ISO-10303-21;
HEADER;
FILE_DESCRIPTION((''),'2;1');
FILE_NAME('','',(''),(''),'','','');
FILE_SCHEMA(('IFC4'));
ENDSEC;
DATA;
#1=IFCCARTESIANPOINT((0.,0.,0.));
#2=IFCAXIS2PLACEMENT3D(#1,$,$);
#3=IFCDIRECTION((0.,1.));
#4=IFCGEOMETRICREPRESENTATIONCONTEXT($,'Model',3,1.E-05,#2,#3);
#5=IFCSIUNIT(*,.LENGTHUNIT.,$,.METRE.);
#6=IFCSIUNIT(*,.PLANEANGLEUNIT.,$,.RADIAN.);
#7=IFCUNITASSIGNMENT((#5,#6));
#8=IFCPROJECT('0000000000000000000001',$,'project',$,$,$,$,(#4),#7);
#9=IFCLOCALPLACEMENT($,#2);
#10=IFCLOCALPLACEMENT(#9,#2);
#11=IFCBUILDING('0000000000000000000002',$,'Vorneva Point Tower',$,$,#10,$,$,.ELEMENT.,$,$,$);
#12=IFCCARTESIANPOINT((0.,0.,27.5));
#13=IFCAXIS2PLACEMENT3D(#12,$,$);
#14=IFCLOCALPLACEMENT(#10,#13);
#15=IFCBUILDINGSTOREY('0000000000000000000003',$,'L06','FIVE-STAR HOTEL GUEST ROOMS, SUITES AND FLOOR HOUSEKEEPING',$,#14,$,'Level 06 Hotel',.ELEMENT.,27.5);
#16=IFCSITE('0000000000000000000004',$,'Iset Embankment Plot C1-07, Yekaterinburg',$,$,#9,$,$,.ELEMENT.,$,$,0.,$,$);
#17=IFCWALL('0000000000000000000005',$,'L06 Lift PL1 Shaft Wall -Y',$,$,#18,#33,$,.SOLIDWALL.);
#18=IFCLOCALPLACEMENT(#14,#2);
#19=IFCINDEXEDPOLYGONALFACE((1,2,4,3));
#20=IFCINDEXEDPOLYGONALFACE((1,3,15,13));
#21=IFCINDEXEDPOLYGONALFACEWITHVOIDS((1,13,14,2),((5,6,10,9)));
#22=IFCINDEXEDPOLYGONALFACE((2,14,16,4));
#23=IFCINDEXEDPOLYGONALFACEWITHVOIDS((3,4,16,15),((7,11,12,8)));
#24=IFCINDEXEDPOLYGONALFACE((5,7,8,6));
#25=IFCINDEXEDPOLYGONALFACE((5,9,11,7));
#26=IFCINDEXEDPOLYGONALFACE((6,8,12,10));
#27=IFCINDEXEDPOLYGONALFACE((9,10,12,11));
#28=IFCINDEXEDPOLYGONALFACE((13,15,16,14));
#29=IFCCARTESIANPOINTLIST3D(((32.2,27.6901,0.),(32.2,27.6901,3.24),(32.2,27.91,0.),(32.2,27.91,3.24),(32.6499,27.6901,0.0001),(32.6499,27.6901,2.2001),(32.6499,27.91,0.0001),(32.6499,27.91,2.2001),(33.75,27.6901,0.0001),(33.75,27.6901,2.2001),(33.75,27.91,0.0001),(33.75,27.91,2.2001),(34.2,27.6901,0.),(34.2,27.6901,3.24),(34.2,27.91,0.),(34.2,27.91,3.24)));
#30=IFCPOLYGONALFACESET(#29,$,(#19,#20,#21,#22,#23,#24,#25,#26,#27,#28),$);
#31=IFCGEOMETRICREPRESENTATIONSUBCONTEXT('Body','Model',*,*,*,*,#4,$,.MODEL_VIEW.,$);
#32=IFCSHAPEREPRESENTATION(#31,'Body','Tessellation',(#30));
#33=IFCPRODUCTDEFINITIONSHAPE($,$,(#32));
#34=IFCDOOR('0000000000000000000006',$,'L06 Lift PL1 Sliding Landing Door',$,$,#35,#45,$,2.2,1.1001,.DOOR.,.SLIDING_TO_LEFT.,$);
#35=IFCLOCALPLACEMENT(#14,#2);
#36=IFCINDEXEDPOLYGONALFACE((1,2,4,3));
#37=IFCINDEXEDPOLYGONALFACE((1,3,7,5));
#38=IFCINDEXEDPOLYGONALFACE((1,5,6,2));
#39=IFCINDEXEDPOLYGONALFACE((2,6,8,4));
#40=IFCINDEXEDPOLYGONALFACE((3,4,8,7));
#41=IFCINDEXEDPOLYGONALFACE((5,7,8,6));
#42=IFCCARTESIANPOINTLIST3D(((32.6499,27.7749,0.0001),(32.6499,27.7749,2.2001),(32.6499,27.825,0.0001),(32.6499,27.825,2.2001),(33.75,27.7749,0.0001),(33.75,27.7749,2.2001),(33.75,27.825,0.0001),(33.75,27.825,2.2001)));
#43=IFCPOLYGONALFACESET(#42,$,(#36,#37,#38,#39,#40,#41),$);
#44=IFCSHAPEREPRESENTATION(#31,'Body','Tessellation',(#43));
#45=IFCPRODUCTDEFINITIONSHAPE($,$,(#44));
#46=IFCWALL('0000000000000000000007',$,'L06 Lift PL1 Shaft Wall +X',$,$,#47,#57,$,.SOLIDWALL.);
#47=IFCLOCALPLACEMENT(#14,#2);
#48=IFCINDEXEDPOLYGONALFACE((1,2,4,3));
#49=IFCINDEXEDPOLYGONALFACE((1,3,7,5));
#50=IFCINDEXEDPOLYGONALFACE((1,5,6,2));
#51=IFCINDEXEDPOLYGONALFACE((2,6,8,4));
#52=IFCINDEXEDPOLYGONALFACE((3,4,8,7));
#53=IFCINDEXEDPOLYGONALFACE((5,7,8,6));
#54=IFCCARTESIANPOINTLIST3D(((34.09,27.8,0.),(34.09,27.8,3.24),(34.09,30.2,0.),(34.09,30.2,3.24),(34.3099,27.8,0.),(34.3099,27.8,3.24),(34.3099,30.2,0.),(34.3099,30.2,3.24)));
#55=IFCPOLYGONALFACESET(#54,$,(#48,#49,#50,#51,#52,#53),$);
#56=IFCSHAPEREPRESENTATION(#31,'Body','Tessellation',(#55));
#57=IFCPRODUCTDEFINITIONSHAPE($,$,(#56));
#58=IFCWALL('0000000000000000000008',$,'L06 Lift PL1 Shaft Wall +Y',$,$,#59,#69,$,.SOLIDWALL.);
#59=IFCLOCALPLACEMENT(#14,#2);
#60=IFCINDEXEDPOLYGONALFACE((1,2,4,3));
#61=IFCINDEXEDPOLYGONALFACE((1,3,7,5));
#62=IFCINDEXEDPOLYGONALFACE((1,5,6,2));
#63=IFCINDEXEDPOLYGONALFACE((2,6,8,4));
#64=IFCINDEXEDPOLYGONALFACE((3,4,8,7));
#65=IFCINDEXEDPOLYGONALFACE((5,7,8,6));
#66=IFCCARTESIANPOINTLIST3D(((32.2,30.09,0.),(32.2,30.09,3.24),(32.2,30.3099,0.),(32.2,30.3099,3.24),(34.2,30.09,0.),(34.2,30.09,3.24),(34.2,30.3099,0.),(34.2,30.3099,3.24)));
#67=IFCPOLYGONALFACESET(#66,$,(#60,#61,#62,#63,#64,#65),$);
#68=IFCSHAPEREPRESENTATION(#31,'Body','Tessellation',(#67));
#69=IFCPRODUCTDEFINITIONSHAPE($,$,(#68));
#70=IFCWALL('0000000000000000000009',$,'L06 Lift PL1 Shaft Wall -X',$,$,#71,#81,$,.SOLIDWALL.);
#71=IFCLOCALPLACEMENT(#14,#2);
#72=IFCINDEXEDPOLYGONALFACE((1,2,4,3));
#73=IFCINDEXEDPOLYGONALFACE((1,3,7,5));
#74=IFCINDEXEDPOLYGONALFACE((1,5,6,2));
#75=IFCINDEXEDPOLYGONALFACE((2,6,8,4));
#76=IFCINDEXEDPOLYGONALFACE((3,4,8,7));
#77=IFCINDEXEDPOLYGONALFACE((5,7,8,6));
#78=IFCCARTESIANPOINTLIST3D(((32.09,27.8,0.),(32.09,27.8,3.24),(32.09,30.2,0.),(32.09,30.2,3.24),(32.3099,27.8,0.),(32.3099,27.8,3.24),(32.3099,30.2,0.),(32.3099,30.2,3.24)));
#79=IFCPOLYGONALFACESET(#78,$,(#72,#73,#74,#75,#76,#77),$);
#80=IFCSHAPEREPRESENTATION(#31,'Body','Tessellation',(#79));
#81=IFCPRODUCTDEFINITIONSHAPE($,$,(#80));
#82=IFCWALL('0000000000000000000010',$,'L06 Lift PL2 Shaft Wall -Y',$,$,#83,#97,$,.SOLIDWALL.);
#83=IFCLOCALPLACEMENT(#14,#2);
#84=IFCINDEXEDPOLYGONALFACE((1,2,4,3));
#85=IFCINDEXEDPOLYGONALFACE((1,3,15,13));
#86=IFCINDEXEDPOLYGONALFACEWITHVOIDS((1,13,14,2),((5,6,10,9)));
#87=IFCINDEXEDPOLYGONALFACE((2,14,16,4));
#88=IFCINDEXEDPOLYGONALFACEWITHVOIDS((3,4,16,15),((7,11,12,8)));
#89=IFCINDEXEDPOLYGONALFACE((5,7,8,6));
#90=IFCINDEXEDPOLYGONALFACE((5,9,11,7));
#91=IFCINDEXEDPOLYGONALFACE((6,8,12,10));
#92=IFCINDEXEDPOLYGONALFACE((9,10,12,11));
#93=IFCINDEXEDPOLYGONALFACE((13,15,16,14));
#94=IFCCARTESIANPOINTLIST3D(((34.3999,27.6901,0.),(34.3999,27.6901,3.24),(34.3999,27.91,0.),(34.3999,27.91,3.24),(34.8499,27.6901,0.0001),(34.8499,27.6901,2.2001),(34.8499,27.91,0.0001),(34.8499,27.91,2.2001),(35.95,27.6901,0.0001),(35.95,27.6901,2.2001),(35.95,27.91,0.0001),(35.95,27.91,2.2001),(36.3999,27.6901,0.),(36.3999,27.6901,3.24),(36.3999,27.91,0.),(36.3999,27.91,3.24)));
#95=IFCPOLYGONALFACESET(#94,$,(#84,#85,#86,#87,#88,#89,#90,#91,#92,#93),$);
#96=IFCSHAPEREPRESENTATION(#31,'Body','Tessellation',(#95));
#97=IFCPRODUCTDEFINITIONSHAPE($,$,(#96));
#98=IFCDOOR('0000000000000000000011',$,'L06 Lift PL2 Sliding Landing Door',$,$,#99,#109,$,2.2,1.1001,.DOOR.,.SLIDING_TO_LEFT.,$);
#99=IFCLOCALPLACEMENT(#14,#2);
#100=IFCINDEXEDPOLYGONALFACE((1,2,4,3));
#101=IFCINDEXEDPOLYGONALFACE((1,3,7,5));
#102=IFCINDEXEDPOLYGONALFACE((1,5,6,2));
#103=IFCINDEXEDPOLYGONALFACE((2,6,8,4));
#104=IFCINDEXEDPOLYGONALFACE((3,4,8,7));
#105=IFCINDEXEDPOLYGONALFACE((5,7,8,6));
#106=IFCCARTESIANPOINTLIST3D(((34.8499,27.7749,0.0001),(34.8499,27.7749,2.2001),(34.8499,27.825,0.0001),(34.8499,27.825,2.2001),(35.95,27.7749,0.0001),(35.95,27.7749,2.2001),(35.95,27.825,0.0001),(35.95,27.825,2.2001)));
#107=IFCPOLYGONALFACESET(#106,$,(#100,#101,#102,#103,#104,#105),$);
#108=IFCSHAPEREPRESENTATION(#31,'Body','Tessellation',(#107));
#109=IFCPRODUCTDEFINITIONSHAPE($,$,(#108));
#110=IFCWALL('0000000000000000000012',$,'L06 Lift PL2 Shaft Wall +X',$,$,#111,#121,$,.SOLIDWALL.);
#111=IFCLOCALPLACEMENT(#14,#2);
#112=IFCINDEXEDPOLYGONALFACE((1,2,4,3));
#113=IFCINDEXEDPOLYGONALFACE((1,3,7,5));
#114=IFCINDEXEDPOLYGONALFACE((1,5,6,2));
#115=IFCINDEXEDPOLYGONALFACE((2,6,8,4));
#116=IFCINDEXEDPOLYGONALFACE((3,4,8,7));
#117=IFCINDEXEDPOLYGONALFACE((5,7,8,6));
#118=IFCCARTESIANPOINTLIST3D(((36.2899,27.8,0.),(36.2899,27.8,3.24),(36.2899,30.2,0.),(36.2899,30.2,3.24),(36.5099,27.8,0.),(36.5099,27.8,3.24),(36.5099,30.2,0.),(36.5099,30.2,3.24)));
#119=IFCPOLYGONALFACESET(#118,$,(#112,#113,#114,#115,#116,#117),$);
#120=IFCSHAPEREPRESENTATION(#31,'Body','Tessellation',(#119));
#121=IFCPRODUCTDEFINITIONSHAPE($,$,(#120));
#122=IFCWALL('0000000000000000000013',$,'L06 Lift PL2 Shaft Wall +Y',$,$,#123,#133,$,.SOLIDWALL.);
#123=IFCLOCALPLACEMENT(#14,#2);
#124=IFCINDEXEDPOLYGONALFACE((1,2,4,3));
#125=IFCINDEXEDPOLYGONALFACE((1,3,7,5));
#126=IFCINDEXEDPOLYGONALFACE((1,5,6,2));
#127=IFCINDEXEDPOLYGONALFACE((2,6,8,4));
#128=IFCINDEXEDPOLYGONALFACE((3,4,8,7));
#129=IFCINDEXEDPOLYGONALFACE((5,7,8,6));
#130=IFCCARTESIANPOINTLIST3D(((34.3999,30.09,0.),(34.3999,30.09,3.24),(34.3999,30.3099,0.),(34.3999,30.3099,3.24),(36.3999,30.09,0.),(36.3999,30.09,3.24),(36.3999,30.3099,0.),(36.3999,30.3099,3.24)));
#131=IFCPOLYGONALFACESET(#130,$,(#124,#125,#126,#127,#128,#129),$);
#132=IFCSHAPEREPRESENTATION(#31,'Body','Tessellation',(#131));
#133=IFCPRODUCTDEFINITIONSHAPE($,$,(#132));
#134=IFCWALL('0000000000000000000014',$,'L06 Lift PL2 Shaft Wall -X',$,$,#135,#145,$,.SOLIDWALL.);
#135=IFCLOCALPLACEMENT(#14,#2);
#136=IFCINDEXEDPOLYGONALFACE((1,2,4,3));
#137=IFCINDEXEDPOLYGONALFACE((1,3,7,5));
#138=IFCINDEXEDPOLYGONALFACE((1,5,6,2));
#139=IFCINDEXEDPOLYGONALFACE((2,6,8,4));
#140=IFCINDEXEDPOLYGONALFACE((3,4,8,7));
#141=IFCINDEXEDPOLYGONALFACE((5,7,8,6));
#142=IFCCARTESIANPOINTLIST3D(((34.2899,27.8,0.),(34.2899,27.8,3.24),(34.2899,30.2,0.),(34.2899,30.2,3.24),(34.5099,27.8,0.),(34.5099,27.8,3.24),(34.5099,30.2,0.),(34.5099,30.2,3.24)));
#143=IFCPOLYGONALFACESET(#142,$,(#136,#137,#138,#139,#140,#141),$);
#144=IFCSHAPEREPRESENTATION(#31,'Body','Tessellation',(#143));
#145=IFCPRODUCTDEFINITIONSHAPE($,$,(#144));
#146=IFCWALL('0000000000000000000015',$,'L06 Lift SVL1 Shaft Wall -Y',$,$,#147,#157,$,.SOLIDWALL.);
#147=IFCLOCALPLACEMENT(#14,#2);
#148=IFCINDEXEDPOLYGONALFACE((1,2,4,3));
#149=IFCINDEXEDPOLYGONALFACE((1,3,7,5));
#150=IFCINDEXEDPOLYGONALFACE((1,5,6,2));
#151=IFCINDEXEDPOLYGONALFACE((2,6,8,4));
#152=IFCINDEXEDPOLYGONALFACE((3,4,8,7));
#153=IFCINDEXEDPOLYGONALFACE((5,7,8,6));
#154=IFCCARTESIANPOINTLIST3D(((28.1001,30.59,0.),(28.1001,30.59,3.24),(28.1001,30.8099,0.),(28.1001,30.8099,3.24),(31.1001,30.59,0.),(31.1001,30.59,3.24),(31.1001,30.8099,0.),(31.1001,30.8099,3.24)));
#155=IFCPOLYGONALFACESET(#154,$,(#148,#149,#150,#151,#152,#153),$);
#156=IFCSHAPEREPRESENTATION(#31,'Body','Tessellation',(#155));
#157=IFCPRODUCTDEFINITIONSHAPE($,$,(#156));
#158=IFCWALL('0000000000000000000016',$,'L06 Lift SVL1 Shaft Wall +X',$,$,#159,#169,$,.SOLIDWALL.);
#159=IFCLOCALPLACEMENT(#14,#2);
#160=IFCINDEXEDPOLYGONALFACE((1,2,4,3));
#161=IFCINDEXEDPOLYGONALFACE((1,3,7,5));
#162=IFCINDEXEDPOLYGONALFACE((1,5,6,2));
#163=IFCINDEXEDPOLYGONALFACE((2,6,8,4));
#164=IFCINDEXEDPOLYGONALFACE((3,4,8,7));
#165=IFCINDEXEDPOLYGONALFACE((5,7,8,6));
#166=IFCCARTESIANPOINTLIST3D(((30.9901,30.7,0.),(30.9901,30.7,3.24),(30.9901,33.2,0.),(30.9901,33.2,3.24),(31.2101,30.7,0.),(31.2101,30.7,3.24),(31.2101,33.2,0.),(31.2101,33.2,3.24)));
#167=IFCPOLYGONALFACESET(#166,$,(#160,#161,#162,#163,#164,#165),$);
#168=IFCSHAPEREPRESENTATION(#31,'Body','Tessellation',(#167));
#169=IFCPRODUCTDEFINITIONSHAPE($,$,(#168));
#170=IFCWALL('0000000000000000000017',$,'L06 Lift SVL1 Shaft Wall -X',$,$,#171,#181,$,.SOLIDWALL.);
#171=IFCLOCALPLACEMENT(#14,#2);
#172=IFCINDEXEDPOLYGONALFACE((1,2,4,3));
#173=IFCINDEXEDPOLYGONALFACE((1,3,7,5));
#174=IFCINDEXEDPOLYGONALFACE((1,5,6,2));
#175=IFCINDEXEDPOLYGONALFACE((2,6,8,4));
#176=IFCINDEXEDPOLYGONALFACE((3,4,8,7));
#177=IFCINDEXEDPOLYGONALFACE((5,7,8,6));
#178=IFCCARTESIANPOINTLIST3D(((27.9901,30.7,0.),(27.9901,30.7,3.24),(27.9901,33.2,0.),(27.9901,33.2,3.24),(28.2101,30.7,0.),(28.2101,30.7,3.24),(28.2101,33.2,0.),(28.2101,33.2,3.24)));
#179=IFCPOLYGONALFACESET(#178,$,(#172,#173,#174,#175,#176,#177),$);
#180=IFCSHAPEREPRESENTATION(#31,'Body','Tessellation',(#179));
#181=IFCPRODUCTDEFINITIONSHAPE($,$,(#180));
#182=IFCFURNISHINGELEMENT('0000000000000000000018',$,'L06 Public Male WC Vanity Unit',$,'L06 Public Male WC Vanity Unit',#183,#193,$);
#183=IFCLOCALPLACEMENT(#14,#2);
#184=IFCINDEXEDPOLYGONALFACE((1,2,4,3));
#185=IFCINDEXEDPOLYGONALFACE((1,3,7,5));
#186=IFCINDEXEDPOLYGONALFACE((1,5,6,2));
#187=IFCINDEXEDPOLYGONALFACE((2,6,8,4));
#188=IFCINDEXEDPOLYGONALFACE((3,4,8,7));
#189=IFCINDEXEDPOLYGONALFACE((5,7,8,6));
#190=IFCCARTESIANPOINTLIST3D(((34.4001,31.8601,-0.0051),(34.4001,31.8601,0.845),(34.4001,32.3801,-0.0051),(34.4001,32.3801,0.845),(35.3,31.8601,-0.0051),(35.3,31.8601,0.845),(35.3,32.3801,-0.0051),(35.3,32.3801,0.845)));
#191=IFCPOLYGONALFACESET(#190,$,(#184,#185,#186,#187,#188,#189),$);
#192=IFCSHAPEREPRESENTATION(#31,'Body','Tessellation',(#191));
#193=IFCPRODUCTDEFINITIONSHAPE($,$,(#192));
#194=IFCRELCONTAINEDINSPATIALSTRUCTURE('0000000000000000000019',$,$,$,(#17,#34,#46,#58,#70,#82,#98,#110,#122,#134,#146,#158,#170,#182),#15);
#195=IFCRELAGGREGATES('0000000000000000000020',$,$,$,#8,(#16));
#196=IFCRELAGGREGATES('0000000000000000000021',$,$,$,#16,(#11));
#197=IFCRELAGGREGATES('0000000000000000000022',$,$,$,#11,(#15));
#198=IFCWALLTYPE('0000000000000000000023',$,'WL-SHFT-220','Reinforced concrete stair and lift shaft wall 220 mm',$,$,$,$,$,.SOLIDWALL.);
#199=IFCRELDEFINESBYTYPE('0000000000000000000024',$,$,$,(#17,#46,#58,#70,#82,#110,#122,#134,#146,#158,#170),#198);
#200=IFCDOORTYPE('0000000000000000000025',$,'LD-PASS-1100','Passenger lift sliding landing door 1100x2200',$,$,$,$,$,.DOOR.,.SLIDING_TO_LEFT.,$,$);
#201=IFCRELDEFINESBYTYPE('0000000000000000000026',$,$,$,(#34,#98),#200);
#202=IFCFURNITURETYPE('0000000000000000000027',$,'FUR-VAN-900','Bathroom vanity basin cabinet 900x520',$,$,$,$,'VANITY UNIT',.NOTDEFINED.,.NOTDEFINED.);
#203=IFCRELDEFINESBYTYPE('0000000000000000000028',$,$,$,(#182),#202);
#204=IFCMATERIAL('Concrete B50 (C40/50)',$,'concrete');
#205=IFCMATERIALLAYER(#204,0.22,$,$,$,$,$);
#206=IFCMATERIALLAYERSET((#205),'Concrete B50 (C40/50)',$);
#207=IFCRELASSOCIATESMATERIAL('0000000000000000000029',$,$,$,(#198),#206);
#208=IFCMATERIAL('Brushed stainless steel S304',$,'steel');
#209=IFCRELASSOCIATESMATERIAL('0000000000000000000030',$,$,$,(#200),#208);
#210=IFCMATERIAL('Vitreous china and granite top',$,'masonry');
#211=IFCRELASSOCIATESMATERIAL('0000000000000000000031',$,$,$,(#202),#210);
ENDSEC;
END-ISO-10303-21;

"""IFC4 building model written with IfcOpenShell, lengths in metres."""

from ifc_helpers import new_model, si_unit, direction, frame, frame_2d, origin, origin_2d, place, context, subcontext, project, spatial, rectangle, extrude, material, layer, layer_set, type_object, element, fill, save


model = new_model("IFC4")

# Units and contexts
model_context = context("Model", 3, precision=1e-05, world=origin(), true_north=direction((0.0, 1.0)))
body_context = subcontext(model_context, "Body", "Model", "MODEL_VIEW")
ifc_project = project(units=[si_unit("LENGTHUNIT", "METRE"), si_unit("PLANEANGLEUNIT", "RADIAN")], contexts=[model_context])

# Site, building, storey
site_placement = place(None, origin())
site = spatial("IfcSite", under=ifc_project, at=site_placement, Name="Iset Embankment Plot C1-07, Yekaterinburg", CompositionType="ELEMENT", RefElevation=0.0)
building_placement = place(site_placement, origin())
building = spatial("IfcBuilding", under=site, at=building_placement, Name="Vorneva Point Tower", CompositionType="ELEMENT")
storey_placement = place(building_placement, frame((0.0, 0.0, 27.5)))
storey = spatial("IfcBuildingStorey", under=building, at=storey_placement, Name="L06", Description="FIVE-STAR HOTEL GUEST ROOMS, SUITES AND FLOOR HOUSEKEEPING", LongName="Level 06 Hotel", CompositionType="ELEMENT", Elevation=27.5)

# Shared definitions
ifc_material_1 = material(Name="Brushed stainless steel S304", Category="steel")

# Wall, opening, door
ifc_material_2 = material(Name="Concrete B50 (C40/50)", Category="concrete")
ifc_layer_1 = layer(ifc_material_2, 0.22)
ifc_layer_set_1 = layer_set([ifc_layer_1], Name="Concrete B50 (C40/50)")
wall_type_1 = type_object("IfcWallType", Name="WL-SHFT-220", Description="Reinforced concrete stair and lift shaft wall 220 mm", PredefinedType="SOLIDWALL", material=ifc_layer_set_1)
wall_1_placement = place(storey_placement, frame((32.2, 27.8, 0.0), z_axis=(0.0, 0.0, 1.0), x_axis=(1.0, 0.0, 0.0)))
wall_1 = element("IfcWall", 1, at=wall_1_placement, inside=storey, type_object=wall_type_1, Name="L06 Lift PL1 Shaft Wall -Y", PredefinedType="SOLIDWALL", context=body_context, shape_type="SweptSolid", body=[
    extrude(rectangle(XDim=2.0, YDim=0.22, at=frame_2d((1.0, 0.0))), origin(), (0.0, 0.0, 1.0), 3.24),
])
opening_1_placement = place(wall_1_placement, frame((0.45, 0.0, 0.0)))
opening_1 = element("IfcOpeningElement", 2, at=opening_1_placement, cuts=wall_1, PredefinedType="OPENING", context=body_context, shape_type="SweptSolid", body=[
    extrude(rectangle(XDim=1.1001, YDim=2.2, at=frame_2d((0.55, 1.1001))), frame((0.0, 0.125, 0.0), z_axis=(0.0, -1.0, 0.0), x_axis=(1.0, 0.0, 0.0)), (0.0, 0.0, 1.0), 0.2498),
])
door_type_1 = type_object("IfcDoorType", Name="LD-PASS-1100", Description="Passenger lift sliding landing door 1100x2200", OperationType="SLIDING_TO_LEFT", PredefinedType="DOOR", material=ifc_material_1)
door_1_placement = place(opening_1_placement, origin())
door_1 = element("IfcDoor", 3, at=door_1_placement, inside=storey, type_object=door_type_1, Name="L06 Lift PL1 Sliding Landing Door", OperationType="SLIDING_TO_LEFT", OverallHeight=2.2, OverallWidth=1.1001, PredefinedType="DOOR", context=body_context, shape_type="SweptSolid", body=[
    extrude(rectangle(XDim=1.1001, YDim=2.2, at=frame_2d((0.55, 1.1001))), frame((0.0, 0.0249, 0.0), z_axis=(0.0, -1.0, 0.0), x_axis=(1.0, 0.0, 0.0)), (0.0, 0.0, 1.0), 0.05),
])
fill(opening_1, door_1)

# Walls
wall_2_placement = place(storey_placement, frame((34.2, 27.8, 0.0), z_axis=(0.0, 0.0, 1.0), x_axis=(0.0, 1.0, 0.0)))
element("IfcWall", 4, at=wall_2_placement, inside=storey, type_object=wall_type_1, Name="L06 Lift PL1 Shaft Wall +X", PredefinedType="SOLIDWALL", context=body_context, shape_type="SweptSolid", body=[
    extrude(rectangle(XDim=2.3999, YDim=0.22, at=frame_2d((1.2, 0.0))), origin(), (0.0, 0.0, 1.0), 3.24),
])
wall_3_placement = place(storey_placement, frame((34.2, 30.2, 0.0), z_axis=(0.0, 0.0, 1.0), x_axis=(-1.0, 0.0, 0.0)))
element("IfcWall", 5, at=wall_3_placement, inside=storey, type_object=wall_type_1, Name="L06 Lift PL1 Shaft Wall +Y", PredefinedType="SOLIDWALL", context=body_context, shape_type="SweptSolid", body=[
    extrude(rectangle(XDim=2.0, YDim=0.22, at=frame_2d((1.0, 0.0))), origin(), (0.0, 0.0, 1.0), 3.24),
])
wall_4_placement = place(storey_placement, frame((32.2, 30.2, 0.0), z_axis=(0.0, 0.0, 1.0), x_axis=(0.0, -1.0, 0.0)))
element("IfcWall", 6, at=wall_4_placement, inside=storey, type_object=wall_type_1, Name="L06 Lift PL1 Shaft Wall -X", PredefinedType="SOLIDWALL", context=body_context, shape_type="SweptSolid", body=[
    extrude(rectangle(XDim=2.3999, YDim=0.22, at=frame_2d((1.2, 0.0))), origin(), (0.0, 0.0, 1.0), 3.24),
])

# Wall, opening, door
wall_5_placement = place(storey_placement, frame((34.3999, 27.8, 0.0), z_axis=(0.0, 0.0, 1.0), x_axis=(1.0, 0.0, 0.0)))
wall_5 = element("IfcWall", 7, at=wall_5_placement, inside=storey, type_object=wall_type_1, Name="L06 Lift PL2 Shaft Wall -Y", PredefinedType="SOLIDWALL", context=body_context, shape_type="SweptSolid", body=[
    extrude(rectangle(XDim=2.0, YDim=0.22, at=frame_2d((1.0, 0.0))), origin(), (0.0, 0.0, 1.0), 3.24),
])
opening_2_placement = place(wall_5_placement, frame((0.45, 0.0, 0.0)))
opening_2 = element("IfcOpeningElement", 8, at=opening_2_placement, cuts=wall_5, PredefinedType="OPENING", context=body_context, shape_type="SweptSolid", body=[
    extrude(rectangle(XDim=1.1001, YDim=2.2, at=frame_2d((0.55, 1.1001))), frame((0.0, 0.125, 0.0), z_axis=(0.0, -1.0, 0.0), x_axis=(1.0, 0.0, 0.0)), (0.0, 0.0, 1.0), 0.2498),
])
door_2_placement = place(opening_2_placement, origin())
door_2 = element("IfcDoor", 9, at=door_2_placement, inside=storey, type_object=door_type_1, Name="L06 Lift PL2 Sliding Landing Door", OperationType="SLIDING_TO_LEFT", OverallHeight=2.2, OverallWidth=1.1001, PredefinedType="DOOR", context=body_context, shape_type="SweptSolid", body=[
    extrude(rectangle(XDim=1.1001, YDim=2.2, at=frame_2d((0.55, 1.1001))), frame((0.0, 0.0249, 0.0), z_axis=(0.0, -1.0, 0.0), x_axis=(1.0, 0.0, 0.0)), (0.0, 0.0, 1.0), 0.05),
])
fill(opening_2, door_2)

# Walls
wall_6_placement = place(storey_placement, frame((36.3999, 27.8, 0.0), z_axis=(0.0, 0.0, 1.0), x_axis=(0.0, 1.0, 0.0)))
element("IfcWall", 10, at=wall_6_placement, inside=storey, type_object=wall_type_1, Name="L06 Lift PL2 Shaft Wall +X", PredefinedType="SOLIDWALL", context=body_context, shape_type="SweptSolid", body=[
    extrude(rectangle(XDim=2.3999, YDim=0.22, at=frame_2d((1.2, 0.0))), origin(), (0.0, 0.0, 1.0), 3.24),
])
wall_7_placement = place(storey_placement, frame((36.3999, 30.2, 0.0), z_axis=(0.0, 0.0, 1.0), x_axis=(-1.0, 0.0, 0.0)))
element("IfcWall", 11, at=wall_7_placement, inside=storey, type_object=wall_type_1, Name="L06 Lift PL2 Shaft Wall +Y", PredefinedType="SOLIDWALL", context=body_context, shape_type="SweptSolid", body=[
    extrude(rectangle(XDim=2.0, YDim=0.22, at=frame_2d((1.0, 0.0))), origin(), (0.0, 0.0, 1.0), 3.24),
])
wall_8_placement = place(storey_placement, frame((34.3999, 30.2, 0.0), z_axis=(0.0, 0.0, 1.0), x_axis=(0.0, -1.0, 0.0)))
element("IfcWall", 12, at=wall_8_placement, inside=storey, type_object=wall_type_1, Name="L06 Lift PL2 Shaft Wall -X", PredefinedType="SOLIDWALL", context=body_context, shape_type="SweptSolid", body=[
    extrude(rectangle(XDim=2.3999, YDim=0.22, at=frame_2d((1.2, 0.0))), origin(), (0.0, 0.0, 1.0), 3.24),
])
wall_9_placement = place(storey_placement, frame((28.1001, 30.7, 0.0), z_axis=(0.0, 0.0, 1.0), x_axis=(1.0, 0.0, 0.0)))
element("IfcWall", 13, at=wall_9_placement, inside=storey, type_object=wall_type_1, Name="L06 Lift SVL1 Shaft Wall -Y", PredefinedType="SOLIDWALL", context=body_context, shape_type="SweptSolid", body=[
    extrude(rectangle(XDim=3.0, YDim=0.22, at=frame_2d((1.5, 0.0))), origin(), (0.0, 0.0, 1.0), 3.24),
])
for number, where, z_axis, x_axis, name in (
    (14, (31.1001, 30.7, 0.0), (0.0, 0.0, 1.0), (0.0, 1.0, 0.0), "L06 Lift SVL1 Shaft Wall +X"),
    (15, (28.1001, 33.2, 0.0), (0.0, 0.0, 1.0), (0.0, -1.0, 0.0), "L06 Lift SVL1 Shaft Wall -X"),
):
    element("IfcWall", number, at=place(storey_placement, frame(where, z_axis=z_axis, x_axis=x_axis)), inside=storey, type_object=wall_type_1, Name=name, PredefinedType="SOLIDWALL", context=body_context, shape_type="SweptSolid", body=[
        extrude(rectangle(XDim=2.5, YDim=0.22, at=frame_2d((1.25, 0.0))), origin(), (0.0, 0.0, 1.0), 3.24),
    ])

# Furnishing element
ifc_material_3 = material(Name="Vitreous china and granite top", Category="masonry")
furniture_type = type_object("IfcFurnitureType", Name="FUR-VAN-900", Description="Bathroom vanity basin cabinet 900x520", ElementType="VANITY UNIT", AssemblyPlace="NOTDEFINED", PredefinedType="NOTDEFINED", material=ifc_material_3)
furnishing_placement = place(storey_placement, frame((34.8501, 32.1201, -0.0051), z_axis=(0.0, 0.0, 1.0), x_axis=(1.0, 0.0, 0.0)))
element("IfcFurnishingElement", 16, at=furnishing_placement, inside=storey, type_object=furniture_type, Name="L06 Public Male WC Vanity Unit", ObjectType="L06 Public Male WC Vanity Unit", context=body_context, shape_type="SweptSolid", body=[
    extrude(rectangle(XDim=0.8999, YDim=0.52, at=origin_2d()), origin(), (0.0, 0.0, 1.0), 0.8501),
])

save(model, "model.ifc")
